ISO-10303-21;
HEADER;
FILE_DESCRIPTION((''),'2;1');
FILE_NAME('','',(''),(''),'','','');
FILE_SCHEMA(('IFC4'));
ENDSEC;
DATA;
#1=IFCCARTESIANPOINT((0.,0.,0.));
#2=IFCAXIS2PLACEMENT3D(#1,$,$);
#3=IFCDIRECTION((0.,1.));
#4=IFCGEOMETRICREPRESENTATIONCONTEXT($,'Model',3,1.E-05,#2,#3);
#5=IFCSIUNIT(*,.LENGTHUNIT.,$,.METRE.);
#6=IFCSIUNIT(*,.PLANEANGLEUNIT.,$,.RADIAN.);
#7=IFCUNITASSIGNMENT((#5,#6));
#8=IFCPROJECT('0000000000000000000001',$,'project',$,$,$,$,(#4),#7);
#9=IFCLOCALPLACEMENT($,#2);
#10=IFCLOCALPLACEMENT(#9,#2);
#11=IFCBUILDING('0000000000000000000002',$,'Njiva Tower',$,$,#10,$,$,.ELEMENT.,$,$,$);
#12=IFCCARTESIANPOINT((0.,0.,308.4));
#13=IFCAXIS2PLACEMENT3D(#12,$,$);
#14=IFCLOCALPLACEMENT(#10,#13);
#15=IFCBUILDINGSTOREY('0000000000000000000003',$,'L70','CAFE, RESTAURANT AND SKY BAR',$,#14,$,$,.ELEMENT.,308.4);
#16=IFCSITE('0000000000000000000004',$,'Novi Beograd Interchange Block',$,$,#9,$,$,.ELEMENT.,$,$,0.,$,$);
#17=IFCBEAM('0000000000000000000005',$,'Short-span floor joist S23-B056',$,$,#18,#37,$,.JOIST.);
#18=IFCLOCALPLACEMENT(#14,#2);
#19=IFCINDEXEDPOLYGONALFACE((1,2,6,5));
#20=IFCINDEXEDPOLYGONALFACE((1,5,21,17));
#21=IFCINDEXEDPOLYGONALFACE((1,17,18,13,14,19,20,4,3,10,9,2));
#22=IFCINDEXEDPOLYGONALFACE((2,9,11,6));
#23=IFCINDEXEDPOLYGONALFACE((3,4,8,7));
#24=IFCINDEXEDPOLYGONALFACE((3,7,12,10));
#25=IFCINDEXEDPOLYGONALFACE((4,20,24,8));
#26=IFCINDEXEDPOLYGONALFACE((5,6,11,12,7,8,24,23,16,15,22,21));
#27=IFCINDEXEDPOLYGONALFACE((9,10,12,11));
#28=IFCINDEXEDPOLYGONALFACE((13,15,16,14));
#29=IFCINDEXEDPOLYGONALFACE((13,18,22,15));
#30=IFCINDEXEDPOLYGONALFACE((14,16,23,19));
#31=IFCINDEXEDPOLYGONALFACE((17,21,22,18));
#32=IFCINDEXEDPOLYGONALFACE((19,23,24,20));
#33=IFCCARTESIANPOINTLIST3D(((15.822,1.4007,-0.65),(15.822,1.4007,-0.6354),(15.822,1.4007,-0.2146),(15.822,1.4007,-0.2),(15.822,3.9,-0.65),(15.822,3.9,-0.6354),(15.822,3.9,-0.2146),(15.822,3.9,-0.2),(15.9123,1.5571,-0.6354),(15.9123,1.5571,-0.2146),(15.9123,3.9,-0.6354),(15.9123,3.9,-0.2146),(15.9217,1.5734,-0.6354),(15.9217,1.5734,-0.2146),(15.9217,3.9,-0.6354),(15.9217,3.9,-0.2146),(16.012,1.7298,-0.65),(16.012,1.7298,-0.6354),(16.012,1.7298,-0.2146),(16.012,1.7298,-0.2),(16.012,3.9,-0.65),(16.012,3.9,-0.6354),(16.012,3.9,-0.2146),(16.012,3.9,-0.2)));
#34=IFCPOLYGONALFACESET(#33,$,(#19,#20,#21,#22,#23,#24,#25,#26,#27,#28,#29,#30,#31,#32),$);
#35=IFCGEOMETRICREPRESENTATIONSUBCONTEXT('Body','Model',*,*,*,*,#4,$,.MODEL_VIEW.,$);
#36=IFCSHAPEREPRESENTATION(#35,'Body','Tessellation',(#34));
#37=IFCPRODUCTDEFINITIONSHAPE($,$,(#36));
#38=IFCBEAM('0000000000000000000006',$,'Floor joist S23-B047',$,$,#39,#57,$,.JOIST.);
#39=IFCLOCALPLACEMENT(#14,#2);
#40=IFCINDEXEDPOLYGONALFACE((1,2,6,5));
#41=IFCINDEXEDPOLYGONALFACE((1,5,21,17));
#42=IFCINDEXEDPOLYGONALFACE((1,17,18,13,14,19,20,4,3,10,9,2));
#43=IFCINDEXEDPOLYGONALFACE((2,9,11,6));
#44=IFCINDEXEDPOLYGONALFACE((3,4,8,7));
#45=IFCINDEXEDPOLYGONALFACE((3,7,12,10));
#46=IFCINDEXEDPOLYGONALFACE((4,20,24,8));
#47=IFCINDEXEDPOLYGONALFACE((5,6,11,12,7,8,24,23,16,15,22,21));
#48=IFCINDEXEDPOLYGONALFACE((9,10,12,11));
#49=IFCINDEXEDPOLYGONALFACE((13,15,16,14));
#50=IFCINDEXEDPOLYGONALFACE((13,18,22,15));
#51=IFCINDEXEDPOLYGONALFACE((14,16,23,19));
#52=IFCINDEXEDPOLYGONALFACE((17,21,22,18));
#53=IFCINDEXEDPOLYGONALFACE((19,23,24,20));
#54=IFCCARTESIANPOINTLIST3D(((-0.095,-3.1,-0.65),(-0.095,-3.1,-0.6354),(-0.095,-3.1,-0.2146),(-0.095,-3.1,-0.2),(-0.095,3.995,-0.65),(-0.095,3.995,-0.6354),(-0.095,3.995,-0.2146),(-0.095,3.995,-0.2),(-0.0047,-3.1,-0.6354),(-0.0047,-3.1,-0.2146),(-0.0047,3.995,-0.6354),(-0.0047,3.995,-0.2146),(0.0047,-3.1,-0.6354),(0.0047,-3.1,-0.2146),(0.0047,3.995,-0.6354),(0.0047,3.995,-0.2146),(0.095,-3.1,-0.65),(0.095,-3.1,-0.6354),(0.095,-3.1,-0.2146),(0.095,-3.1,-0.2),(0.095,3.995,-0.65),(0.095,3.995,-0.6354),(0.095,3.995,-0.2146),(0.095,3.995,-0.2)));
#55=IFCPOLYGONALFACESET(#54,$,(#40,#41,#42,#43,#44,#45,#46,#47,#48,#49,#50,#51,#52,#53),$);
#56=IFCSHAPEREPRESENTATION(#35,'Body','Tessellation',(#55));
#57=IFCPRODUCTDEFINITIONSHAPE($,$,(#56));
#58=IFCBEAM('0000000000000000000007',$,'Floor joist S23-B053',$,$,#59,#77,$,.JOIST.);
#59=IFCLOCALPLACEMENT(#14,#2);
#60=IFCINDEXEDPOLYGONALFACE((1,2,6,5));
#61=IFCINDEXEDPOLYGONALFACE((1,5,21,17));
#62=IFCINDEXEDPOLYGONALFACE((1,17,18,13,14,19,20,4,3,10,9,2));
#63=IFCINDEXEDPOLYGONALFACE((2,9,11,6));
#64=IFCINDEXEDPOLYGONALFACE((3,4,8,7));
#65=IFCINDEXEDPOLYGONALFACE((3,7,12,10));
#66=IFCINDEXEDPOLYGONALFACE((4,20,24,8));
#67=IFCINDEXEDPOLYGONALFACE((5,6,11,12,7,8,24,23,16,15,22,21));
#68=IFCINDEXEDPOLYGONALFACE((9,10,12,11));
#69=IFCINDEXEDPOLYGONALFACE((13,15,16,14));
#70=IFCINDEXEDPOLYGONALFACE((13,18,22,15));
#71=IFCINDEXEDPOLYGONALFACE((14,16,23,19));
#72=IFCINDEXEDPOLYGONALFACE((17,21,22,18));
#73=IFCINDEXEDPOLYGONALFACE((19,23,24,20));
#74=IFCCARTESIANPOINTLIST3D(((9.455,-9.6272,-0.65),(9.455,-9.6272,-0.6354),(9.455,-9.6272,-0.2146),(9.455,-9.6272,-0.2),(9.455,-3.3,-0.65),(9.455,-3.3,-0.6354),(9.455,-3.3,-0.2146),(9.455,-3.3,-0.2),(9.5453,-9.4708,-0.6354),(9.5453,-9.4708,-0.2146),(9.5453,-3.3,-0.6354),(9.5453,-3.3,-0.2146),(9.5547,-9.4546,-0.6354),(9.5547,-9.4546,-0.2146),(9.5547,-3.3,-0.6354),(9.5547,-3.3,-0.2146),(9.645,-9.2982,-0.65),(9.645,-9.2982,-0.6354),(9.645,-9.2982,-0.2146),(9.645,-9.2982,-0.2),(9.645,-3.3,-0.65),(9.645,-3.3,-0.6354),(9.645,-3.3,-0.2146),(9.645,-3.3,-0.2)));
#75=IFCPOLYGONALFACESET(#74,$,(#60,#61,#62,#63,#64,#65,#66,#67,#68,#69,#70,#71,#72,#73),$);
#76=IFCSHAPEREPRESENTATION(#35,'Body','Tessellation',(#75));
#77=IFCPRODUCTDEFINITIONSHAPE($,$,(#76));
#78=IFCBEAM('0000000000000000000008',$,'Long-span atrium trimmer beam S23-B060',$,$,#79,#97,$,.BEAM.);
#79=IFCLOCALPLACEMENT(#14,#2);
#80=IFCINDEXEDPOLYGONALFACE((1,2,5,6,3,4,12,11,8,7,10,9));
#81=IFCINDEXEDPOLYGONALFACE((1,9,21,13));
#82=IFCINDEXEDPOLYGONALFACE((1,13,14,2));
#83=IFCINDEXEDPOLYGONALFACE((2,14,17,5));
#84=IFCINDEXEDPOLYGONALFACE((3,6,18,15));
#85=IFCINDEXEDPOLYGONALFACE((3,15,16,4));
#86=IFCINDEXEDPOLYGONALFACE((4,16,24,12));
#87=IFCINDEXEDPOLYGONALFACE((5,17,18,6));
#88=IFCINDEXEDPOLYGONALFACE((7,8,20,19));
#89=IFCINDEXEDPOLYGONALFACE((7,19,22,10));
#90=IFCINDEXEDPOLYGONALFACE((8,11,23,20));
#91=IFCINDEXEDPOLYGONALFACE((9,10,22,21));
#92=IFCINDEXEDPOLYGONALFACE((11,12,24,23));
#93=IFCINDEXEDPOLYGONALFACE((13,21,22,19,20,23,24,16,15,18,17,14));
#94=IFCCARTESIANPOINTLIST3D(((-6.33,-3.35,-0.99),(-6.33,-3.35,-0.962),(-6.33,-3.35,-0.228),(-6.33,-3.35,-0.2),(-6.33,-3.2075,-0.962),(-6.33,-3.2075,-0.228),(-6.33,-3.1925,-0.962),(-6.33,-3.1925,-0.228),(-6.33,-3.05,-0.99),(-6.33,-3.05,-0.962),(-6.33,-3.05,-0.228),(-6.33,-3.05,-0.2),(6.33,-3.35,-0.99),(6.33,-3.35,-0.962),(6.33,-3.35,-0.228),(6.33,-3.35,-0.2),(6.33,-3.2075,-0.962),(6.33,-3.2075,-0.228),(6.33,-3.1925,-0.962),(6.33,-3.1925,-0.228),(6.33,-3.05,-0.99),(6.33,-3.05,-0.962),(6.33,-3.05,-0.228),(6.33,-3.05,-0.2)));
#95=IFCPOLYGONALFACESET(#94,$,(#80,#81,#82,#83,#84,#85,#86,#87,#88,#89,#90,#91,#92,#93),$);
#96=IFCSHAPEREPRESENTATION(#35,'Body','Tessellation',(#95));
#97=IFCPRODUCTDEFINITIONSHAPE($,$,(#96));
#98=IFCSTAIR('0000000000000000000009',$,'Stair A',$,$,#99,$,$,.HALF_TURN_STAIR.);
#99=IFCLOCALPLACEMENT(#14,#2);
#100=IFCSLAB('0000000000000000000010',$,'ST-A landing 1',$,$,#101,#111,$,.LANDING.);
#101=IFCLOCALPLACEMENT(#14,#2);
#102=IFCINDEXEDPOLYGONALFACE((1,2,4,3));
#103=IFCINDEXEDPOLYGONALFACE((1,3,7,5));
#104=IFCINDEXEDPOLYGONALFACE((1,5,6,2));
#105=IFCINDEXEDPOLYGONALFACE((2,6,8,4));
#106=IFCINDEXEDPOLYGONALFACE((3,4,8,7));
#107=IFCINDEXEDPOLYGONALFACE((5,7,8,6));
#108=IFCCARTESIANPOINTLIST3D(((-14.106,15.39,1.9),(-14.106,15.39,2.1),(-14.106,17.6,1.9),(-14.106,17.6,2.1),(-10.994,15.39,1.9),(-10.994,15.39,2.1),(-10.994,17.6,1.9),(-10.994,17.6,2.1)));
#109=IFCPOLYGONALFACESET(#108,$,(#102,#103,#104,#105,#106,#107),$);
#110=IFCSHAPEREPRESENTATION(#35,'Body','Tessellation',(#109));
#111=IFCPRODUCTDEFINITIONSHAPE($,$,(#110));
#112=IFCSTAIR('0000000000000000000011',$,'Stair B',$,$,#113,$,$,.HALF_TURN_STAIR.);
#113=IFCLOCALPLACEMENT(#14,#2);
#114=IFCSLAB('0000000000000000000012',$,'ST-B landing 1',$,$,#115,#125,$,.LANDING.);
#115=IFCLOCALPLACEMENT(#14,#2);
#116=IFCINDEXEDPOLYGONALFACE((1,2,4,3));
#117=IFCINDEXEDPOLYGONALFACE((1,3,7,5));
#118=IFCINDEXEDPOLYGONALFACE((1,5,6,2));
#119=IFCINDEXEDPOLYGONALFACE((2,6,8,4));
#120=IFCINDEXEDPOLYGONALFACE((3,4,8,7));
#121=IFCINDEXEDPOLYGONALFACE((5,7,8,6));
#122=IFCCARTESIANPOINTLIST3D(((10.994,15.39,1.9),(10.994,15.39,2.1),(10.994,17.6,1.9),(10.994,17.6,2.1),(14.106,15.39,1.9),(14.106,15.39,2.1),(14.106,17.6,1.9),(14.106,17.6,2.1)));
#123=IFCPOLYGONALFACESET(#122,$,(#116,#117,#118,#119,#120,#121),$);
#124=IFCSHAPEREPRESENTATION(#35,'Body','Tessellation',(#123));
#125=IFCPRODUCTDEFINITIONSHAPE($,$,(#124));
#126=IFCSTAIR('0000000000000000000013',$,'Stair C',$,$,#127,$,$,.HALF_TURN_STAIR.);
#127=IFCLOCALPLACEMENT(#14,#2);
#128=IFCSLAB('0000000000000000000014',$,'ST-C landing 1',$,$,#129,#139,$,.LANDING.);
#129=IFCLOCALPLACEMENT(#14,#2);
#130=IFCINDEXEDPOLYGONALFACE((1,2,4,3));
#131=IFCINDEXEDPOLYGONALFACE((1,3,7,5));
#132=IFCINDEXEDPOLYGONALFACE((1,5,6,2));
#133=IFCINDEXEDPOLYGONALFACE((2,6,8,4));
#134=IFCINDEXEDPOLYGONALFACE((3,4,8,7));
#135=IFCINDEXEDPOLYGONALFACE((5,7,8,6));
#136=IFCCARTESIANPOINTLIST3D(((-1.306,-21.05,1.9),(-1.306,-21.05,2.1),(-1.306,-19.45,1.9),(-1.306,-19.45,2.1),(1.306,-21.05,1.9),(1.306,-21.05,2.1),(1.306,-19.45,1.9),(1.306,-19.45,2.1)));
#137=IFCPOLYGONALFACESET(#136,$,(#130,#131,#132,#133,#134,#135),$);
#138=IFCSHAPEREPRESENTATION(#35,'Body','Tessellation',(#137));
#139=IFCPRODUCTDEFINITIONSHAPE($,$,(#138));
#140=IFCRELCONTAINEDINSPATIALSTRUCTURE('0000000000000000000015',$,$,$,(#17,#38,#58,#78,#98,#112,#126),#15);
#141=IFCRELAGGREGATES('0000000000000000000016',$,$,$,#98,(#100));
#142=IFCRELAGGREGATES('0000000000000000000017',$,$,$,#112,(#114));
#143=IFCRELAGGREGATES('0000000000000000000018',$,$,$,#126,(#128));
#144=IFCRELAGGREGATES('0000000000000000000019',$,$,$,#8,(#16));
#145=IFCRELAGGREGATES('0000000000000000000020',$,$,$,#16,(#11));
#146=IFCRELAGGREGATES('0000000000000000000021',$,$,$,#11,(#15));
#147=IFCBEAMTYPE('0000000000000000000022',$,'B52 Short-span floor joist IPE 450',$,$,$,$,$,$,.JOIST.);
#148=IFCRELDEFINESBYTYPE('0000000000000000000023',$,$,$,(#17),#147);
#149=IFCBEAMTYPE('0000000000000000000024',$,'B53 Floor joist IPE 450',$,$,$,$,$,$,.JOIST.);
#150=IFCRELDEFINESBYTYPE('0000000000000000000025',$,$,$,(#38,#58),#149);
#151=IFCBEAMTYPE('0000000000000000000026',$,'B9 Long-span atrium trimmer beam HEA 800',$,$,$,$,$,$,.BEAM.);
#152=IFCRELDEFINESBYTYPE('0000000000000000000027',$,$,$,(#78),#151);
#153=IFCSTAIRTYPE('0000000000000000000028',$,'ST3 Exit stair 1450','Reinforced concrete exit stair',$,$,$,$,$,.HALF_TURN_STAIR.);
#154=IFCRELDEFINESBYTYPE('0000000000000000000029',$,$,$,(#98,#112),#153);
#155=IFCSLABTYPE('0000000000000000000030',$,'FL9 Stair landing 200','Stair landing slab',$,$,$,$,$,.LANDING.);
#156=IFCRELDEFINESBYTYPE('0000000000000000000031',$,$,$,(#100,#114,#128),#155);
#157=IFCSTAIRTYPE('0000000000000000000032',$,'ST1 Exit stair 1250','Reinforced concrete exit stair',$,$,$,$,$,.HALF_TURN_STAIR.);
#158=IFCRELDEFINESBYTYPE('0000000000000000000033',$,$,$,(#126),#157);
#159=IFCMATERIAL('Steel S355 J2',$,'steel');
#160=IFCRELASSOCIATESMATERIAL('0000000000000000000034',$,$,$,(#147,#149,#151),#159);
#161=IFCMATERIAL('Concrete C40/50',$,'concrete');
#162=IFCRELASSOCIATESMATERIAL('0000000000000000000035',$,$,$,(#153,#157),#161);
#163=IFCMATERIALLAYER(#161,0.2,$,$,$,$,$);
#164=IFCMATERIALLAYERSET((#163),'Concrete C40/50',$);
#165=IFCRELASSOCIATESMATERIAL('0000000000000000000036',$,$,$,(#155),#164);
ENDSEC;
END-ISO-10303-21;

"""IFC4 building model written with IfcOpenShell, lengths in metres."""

from ifc_helpers import new_model, si_unit, direction, frame, origin, origin_2d, place, context, subcontext, project, spatial, polyline, i_section, outline, extrude, clip, halfspace, material, layer, layer_set, material_profile, profile_set, type_object, element, aggregate, save


model = new_model("IFC4")

# Units and contexts
model_context = context("Model", 3, precision=1e-05, world=origin(), true_north=direction((0.0, 1.0)))
body_context = subcontext(model_context, "Body", "Model", "MODEL_VIEW")
ifc_project = project(units=[si_unit("LENGTHUNIT", "METRE"), si_unit("PLANEANGLEUNIT", "RADIAN")], contexts=[model_context])

# Site, building, storey
site_placement = place(None, origin())
site = spatial("IfcSite", under=ifc_project, at=site_placement, Name="Novi Beograd Interchange Block", CompositionType="ELEMENT", RefElevation=0.0)
building_placement = place(site_placement, origin())
building = spatial("IfcBuilding", under=site, at=building_placement, Name="Njiva Tower", CompositionType="ELEMENT")
storey_placement = place(building_placement, frame((0.0, 0.0, 308.4)))
storey = spatial("IfcBuildingStorey", under=building, at=storey_placement, Name="L70", Description="CAFE, RESTAURANT AND SKY BAR", CompositionType="ELEMENT", Elevation=308.4)

# Shared definitions
ifc_material_1 = material(Name="Steel S355 J2", Category="steel")

# Beams
ifc_material_profile_1 = material_profile(ifc_material_1, i_section(OverallWidth=0.19, OverallDepth=0.45, WebThickness=0.0094, FlangeThickness=0.0146, at=origin_2d()), Name="IPE 450")
ifc_profile_set_1 = profile_set([ifc_material_profile_1], Name="Steel S355 J2")
beam_type_1 = type_object("IfcBeamType", Name="B52 Short-span floor joist IPE 450", PredefinedType="JOIST", material=ifc_profile_set_1)
beam_1_placement = place(storey_placement, frame((15.917, 3.9, -0.425), z_axis=(0.0, -1.0, 0.0), x_axis=(1.0, 0.0, 0.0)))
element("IfcBeam", 1, at=beam_1_placement, inside=storey, type_object=beam_type_1, Name="Short-span floor joist S23-B056", PredefinedType="JOIST", context=body_context, shape_type="Clipping", body=[
    clip(extrude(i_section(OverallWidth=0.19, OverallDepth=0.45, WebThickness=0.0094, FlangeThickness=0.0146, at=origin_2d()), origin(), (0.0, 0.0, 1.0), 2.52), halfspace(frame((0.043, 0.0, 2.2603), z_axis=(0.866027, 0.0, 0.499998), x_axis=(0.0, 1.0, 0.0)), False)),
])
ifc_material_profile_2 = material_profile(ifc_material_1, i_section(OverallWidth=0.19, OverallDepth=0.45, WebThickness=0.0094, FlangeThickness=0.0146, at=origin_2d()), Name="IPE 450")
ifc_profile_set_2 = profile_set([ifc_material_profile_2], Name="Steel S355 J2")
beam_type_2 = type_object("IfcBeamType", Name="B53 Floor joist IPE 450", PredefinedType="JOIST", material=ifc_profile_set_2)
beam_2_placement = place(storey_placement, frame((0.0, 3.995, -0.425), z_axis=(0.0, -1.0, 0.0), x_axis=(1.0, 0.0, 0.0)))
element("IfcBeam", 2, at=beam_2_placement, inside=storey, type_object=beam_type_2, Name="Floor joist S23-B047", PredefinedType="JOIST", context=body_context, shape_type="SweptSolid", body=[
    extrude(i_section(OverallWidth=0.19, OverallDepth=0.45, WebThickness=0.0094, FlangeThickness=0.0146, at=origin_2d()), origin(), (0.0, 0.0, 1.0), 7.095),
])
beam_3_placement = place(storey_placement, frame((9.55, -3.3, -0.425), z_axis=(0.0, -1.0, 0.0), x_axis=(1.0, 0.0, 0.0)))
element("IfcBeam", 3, at=beam_3_placement, inside=storey, type_object=beam_type_2, Name="Floor joist S23-B053", PredefinedType="JOIST", context=body_context, shape_type="Clipping", body=[
    clip(extrude(i_section(OverallWidth=0.19, OverallDepth=0.45, WebThickness=0.0094, FlangeThickness=0.0146, at=origin_2d()), origin(), (0.0, 0.0, 1.0), 6.348), halfspace(frame((0.0433, 0.0, 6.0877), z_axis=(0.866027, 0.0, 0.499998), x_axis=(0.0, 1.0, 0.0)), False)),
])
ifc_material_profile_3 = material_profile(ifc_material_1, i_section(OverallWidth=0.3, OverallDepth=0.79, WebThickness=0.015, FlangeThickness=0.028, at=origin_2d()), Name="HEA 800")
ifc_profile_set_3 = profile_set([ifc_material_profile_3], Name="Steel S355 J2")
beam_type_3 = type_object("IfcBeamType", Name="B9 Long-span atrium trimmer beam HEA 800", PredefinedType="BEAM", material=ifc_profile_set_3)
beam_4_placement = place(storey_placement, frame((6.33, -3.2, -0.595), z_axis=(-1.0, 0.0, 0.0), x_axis=(0.0, -1.0, 0.0)))
element("IfcBeam", 4, at=beam_4_placement, inside=storey, type_object=beam_type_3, Name="Long-span atrium trimmer beam S23-B060", PredefinedType="BEAM", context=body_context, shape_type="SweptSolid", body=[
    extrude(i_section(OverallWidth=0.3, OverallDepth=0.79, WebThickness=0.015, FlangeThickness=0.028, at=origin_2d()), origin(), (0.0, 0.0, 1.0), 12.66),
])

# Stairs, slabs
ifc_material_2 = material(Name="Concrete C40/50", Category="concrete")
stair_type_1 = type_object("IfcStairType", Name="ST3 Exit stair 1450", Description="Reinforced concrete exit stair", PredefinedType="HALF_TURN_STAIR", material=ifc_material_2)
stair_1_placement = place(storey_placement, origin())
stair_1 = element("IfcStair", 5, at=stair_1_placement, inside=storey, type_object=stair_type_1, Name="Stair A", PredefinedType="HALF_TURN_STAIR")
ifc_layer_1 = layer(ifc_material_2, 0.2)
ifc_layer_set_1 = layer_set([ifc_layer_1], Name="Concrete C40/50")
slab_type_1 = type_object("IfcSlabType", Name="FL9 Stair landing 200", Description="Stair landing slab", PredefinedType="LANDING", material=ifc_layer_set_1)
slab_1_placement = place(storey_placement, frame((0.0, 0.0, 1.9)))
slab_1 = element("IfcSlab", 6, at=slab_1_placement, type_object=slab_type_1, Name="ST-A landing 1", PredefinedType="LANDING", context=body_context, shape_type="SweptSolid", body=[
    extrude(outline(polyline([(-14.106, 15.39), (-10.994, 15.39), (-10.994, 17.6), (-14.106, 17.6), (-14.106, 15.39)])), origin(), (0.0, 0.0, 1.0), 0.2),
])
aggregate(stair_1, [slab_1])
stair_2_placement = place(storey_placement, origin())
stair_2 = element("IfcStair", 7, at=stair_2_placement, inside=storey, type_object=stair_type_1, Name="Stair B", PredefinedType="HALF_TURN_STAIR")
slab_2_placement = place(storey_placement, frame((0.0, 0.0, 1.9)))
slab_2 = element("IfcSlab", 8, at=slab_2_placement, type_object=slab_type_1, Name="ST-B landing 1", PredefinedType="LANDING", context=body_context, shape_type="SweptSolid", body=[
    extrude(outline(polyline([(10.994, 15.39), (14.106, 15.39), (14.106, 17.6), (10.994, 17.6), (10.994, 15.39)])), origin(), (0.0, 0.0, 1.0), 0.2),
])
aggregate(stair_2, [slab_2])
stair_type_2 = type_object("IfcStairType", Name="ST1 Exit stair 1250", Description="Reinforced concrete exit stair", PredefinedType="HALF_TURN_STAIR", material=ifc_material_2)
stair_3_placement = place(storey_placement, origin())
stair_3 = element("IfcStair", 9, at=stair_3_placement, inside=storey, type_object=stair_type_2, Name="Stair C", PredefinedType="HALF_TURN_STAIR")
slab_3_placement = place(storey_placement, frame((0.0, 0.0, 1.9)))
slab_3 = element("IfcSlab", 10, at=slab_3_placement, type_object=slab_type_1, Name="ST-C landing 1", PredefinedType="LANDING", context=body_context, shape_type="SweptSolid", body=[
    extrude(outline(polyline([(-1.306, -21.05), (1.306, -21.05), (1.306, -19.45), (-1.306, -19.45), (-1.306, -21.05)])), origin(), (0.0, 0.0, 1.0), 0.2),
])
aggregate(stair_3, [slab_3])

save(model, "model.ifc")
